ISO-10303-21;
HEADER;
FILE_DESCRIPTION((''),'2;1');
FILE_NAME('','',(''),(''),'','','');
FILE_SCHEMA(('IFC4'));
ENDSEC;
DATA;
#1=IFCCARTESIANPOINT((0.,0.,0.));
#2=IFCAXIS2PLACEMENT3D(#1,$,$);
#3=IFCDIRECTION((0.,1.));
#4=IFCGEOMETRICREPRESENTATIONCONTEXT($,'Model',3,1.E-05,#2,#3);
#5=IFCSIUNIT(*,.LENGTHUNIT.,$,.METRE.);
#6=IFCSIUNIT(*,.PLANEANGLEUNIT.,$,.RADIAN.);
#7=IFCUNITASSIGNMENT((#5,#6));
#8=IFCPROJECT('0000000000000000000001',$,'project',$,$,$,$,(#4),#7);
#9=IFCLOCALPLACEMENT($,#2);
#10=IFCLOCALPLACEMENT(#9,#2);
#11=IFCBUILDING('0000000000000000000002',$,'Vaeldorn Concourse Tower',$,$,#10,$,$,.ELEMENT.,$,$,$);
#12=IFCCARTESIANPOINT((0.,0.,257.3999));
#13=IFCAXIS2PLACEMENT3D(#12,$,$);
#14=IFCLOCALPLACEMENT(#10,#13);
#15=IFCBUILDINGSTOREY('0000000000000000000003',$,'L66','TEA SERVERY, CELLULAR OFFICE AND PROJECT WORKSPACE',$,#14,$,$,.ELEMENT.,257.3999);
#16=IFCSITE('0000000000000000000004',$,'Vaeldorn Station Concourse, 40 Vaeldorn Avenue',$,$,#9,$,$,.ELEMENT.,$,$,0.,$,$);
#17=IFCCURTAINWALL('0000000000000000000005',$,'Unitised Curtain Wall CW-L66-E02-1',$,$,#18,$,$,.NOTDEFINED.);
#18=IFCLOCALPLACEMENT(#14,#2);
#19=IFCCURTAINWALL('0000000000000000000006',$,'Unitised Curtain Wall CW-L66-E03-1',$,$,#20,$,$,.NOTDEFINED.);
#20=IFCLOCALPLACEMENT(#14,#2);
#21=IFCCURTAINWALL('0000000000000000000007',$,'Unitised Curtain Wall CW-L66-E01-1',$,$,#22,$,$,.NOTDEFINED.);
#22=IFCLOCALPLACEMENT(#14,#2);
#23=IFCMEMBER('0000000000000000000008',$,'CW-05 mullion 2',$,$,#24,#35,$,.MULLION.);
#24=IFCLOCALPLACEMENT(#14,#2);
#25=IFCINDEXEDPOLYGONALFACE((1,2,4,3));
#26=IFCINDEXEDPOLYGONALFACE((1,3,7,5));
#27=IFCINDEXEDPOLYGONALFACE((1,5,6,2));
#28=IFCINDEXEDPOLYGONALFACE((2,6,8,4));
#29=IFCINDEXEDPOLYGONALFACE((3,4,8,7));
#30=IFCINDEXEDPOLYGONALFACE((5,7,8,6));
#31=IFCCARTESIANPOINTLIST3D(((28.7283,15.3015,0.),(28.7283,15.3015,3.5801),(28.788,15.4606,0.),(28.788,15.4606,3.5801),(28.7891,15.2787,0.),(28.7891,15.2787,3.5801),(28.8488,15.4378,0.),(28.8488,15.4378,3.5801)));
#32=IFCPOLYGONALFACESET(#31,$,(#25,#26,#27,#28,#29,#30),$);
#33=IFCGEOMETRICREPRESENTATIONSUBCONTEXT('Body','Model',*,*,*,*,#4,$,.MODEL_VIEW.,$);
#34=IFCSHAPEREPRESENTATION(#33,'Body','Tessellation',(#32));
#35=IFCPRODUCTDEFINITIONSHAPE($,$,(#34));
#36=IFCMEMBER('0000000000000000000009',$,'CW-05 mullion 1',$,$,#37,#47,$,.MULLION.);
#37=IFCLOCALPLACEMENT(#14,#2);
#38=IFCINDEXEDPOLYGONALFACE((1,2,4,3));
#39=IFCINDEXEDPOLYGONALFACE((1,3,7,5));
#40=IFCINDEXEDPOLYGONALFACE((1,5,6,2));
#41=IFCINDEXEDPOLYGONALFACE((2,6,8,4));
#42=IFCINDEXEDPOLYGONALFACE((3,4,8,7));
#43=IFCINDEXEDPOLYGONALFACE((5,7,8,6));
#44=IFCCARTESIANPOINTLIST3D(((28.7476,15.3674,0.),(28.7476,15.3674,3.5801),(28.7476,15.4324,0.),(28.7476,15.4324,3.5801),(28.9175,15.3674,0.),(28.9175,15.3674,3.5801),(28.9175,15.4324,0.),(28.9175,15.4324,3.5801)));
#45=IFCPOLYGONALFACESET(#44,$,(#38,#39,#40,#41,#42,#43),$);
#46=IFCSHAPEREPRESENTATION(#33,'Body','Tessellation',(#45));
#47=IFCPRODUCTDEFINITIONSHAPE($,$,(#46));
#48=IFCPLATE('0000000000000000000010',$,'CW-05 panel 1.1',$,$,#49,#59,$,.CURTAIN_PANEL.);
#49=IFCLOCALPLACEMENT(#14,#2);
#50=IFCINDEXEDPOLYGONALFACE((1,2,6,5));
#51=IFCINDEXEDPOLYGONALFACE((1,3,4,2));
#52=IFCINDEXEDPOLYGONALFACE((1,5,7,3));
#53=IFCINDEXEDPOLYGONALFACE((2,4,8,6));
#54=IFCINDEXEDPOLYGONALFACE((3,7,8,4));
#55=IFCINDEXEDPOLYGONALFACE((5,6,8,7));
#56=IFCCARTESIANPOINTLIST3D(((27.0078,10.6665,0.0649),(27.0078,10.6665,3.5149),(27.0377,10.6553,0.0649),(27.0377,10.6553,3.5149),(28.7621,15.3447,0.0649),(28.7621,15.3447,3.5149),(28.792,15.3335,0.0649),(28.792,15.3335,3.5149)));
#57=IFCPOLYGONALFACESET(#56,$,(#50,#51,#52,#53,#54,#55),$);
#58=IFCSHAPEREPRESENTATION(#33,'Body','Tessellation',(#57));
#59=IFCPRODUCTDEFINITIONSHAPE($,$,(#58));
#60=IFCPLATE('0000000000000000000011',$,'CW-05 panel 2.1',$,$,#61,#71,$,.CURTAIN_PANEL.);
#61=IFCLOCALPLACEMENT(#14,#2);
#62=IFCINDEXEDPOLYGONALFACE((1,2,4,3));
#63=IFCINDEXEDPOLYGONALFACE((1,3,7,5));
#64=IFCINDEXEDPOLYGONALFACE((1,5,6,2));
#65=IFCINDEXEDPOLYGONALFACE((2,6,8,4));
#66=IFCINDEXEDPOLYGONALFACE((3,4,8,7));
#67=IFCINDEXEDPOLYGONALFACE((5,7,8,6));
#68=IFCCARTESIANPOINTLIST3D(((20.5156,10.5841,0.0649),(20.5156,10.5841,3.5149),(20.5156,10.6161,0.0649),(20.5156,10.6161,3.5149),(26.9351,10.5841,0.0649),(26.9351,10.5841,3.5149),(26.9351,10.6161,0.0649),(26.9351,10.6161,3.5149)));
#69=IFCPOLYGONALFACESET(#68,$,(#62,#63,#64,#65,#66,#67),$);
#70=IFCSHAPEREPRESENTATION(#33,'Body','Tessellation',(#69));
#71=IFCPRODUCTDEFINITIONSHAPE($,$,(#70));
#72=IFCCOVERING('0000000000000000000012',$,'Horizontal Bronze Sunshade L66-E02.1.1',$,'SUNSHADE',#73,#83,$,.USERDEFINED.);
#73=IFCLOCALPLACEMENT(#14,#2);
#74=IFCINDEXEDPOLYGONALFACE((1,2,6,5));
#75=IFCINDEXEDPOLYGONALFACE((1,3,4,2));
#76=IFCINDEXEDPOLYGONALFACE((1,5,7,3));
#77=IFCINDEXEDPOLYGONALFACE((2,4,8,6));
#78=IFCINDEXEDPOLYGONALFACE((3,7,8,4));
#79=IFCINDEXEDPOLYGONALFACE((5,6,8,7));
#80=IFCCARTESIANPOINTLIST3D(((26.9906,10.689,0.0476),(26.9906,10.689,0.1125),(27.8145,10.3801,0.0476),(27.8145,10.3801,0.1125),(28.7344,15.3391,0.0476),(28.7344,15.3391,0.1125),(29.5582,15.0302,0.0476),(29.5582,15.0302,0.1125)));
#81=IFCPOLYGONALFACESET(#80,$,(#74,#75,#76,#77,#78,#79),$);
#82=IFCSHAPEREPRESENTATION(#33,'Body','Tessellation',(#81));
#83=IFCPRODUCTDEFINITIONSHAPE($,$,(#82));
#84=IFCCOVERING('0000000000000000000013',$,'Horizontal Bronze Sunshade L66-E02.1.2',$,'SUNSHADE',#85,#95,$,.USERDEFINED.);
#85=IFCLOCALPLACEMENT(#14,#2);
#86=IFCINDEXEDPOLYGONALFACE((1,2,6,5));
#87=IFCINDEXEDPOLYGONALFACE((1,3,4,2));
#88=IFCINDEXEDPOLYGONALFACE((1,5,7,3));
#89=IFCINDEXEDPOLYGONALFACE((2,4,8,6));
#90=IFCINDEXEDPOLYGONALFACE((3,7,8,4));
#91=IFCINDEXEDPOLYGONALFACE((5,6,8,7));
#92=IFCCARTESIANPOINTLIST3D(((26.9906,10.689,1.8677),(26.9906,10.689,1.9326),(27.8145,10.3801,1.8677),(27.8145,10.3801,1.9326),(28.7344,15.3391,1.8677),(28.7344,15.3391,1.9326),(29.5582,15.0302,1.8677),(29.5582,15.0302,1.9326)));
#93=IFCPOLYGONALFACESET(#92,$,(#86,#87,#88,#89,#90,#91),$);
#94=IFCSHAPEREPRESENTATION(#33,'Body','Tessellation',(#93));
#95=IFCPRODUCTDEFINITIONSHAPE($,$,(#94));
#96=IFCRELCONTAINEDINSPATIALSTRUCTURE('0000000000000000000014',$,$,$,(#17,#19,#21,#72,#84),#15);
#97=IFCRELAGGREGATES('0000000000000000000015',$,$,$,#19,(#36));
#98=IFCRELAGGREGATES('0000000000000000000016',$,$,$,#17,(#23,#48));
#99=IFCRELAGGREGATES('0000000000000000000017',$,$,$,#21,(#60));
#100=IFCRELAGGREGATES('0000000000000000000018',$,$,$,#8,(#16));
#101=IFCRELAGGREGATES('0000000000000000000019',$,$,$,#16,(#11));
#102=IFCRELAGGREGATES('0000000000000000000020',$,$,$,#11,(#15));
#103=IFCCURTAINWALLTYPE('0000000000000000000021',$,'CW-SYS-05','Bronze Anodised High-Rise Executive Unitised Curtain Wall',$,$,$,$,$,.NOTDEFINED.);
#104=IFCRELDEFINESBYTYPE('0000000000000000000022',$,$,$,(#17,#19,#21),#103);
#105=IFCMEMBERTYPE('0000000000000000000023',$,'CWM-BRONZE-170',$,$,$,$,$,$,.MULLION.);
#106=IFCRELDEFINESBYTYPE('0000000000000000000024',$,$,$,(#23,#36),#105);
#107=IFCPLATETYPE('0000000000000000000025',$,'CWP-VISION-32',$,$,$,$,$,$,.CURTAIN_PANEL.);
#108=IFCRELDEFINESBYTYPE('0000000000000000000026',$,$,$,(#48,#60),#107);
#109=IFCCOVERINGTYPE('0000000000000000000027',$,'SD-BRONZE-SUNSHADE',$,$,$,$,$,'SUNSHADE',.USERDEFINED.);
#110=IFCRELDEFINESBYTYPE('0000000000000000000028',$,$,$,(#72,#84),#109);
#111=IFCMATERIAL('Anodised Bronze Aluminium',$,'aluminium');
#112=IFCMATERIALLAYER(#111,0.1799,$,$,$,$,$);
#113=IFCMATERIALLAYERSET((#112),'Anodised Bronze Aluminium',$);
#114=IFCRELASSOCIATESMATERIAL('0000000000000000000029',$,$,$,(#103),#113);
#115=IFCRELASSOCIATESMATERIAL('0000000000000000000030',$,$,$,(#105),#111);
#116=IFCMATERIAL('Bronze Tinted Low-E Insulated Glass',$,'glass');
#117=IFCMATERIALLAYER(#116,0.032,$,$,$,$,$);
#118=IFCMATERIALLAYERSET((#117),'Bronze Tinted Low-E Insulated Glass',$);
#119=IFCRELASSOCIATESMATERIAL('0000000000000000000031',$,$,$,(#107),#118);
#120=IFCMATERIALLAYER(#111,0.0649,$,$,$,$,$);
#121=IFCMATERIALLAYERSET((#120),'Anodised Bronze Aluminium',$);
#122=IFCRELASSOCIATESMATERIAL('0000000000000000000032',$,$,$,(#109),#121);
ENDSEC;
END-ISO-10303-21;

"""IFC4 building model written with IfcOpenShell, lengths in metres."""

from ifc_helpers import new_model, si_unit, direction, frame, origin, origin_2d, place, context, subcontext, project, spatial, rectangle, extrude, source, transform, mapped, material, layer, layer_set, material_profile, profile_set, type_object, element, aggregate, save


model = new_model("IFC4")

# Units and contexts
model_context = context("Model", 3, precision=1e-05, world=origin(), true_north=direction((0.0, 1.0)))
body_context = subcontext(model_context, "Body", "Model", "MODEL_VIEW")
ifc_project = project(units=[si_unit("LENGTHUNIT", "METRE"), si_unit("PLANEANGLEUNIT", "RADIAN")], contexts=[model_context])

# Site, building, storey
site_placement = place(None, origin())
site = spatial("IfcSite", under=ifc_project, at=site_placement, Name="Vaeldorn Station Concourse, 40 Vaeldorn Avenue", CompositionType="ELEMENT", RefElevation=0.0)
building_placement = place(site_placement, origin())
building = spatial("IfcBuilding", under=site, at=building_placement, Name="Vaeldorn Concourse Tower", CompositionType="ELEMENT")
storey_placement = place(building_placement, frame((0.0, 0.0, 257.3999)))
storey = spatial("IfcBuildingStorey", under=building, at=storey_placement, Name="L66", Description="TEA SERVERY, CELLULAR OFFICE AND PROJECT WORKSPACE", CompositionType="ELEMENT", Elevation=257.3999)

# Curtain walls
ifc_material_1 = material(Name="Anodised Bronze Aluminium", Category="aluminium")
ifc_layer_1 = layer(ifc_material_1, 0.1799)
ifc_layer_set_1 = layer_set([ifc_layer_1], Name="Anodised Bronze Aluminium")
curtain_wall_type = type_object("IfcCurtainWallType", Name="CW-SYS-05", Description="Bronze Anodised High-Rise Executive Unitised Curtain Wall", PredefinedType="NOTDEFINED", material=ifc_layer_set_1)
curtain_wall_1_placement = place(storey_placement, origin())
curtain_wall_1 = element("IfcCurtainWall", 1, at=curtain_wall_1_placement, inside=storey, type_object=curtain_wall_type, Name="Unitised Curtain Wall CW-L66-E02-1", PredefinedType="NOTDEFINED")
curtain_wall_2_placement = place(storey_placement, origin())
curtain_wall_2 = element("IfcCurtainWall", 2, at=curtain_wall_2_placement, inside=storey, type_object=curtain_wall_type, Name="Unitised Curtain Wall CW-L66-E03-1", PredefinedType="NOTDEFINED")

# Curtain wall
curtain_wall_3_placement = place(storey_placement, origin())
curtain_wall_3 = element("IfcCurtainWall", 3, at=curtain_wall_3_placement, inside=storey, type_object=curtain_wall_type, Name="Unitised Curtain Wall CW-L66-E01-1", PredefinedType="NOTDEFINED")
ifc_material_profile_1 = material_profile(ifc_material_1, rectangle(XDim=0.0649, YDim=0.1699, at=origin_2d()), Name="CWM 65x170")
ifc_profile_set_1 = profile_set([ifc_material_profile_1], Name="Anodised Bronze Aluminium")
member_type_1 = type_object("IfcMemberType", Name="CWM-BRONZE-170", PredefinedType="MULLION", material=ifc_profile_set_1)
shared_shape_1 = source(origin(), body_context, "Body", "SweptSolid", [
    extrude(rectangle(XDim=0.0649, YDim=0.1699, at=origin_2d()), origin(), (0.0, 0.0, 1.0), 3.5801),
])

# Members
member_1_placement = place(storey_placement, frame((28.7886, 15.3696, 0.0), z_axis=(0.0, 0.0, 1.0), x_axis=(-0.936329, 0.351123, 0.0)))
member_1 = element("IfcMember", 4, at=member_1_placement, type_object=member_type_1, Name="CW-05 mullion 2", PredefinedType="MULLION", context=body_context, shape_type="MappedRepresentation", body=[
    mapped(shared_shape_1, transform((0.0, 0.0, 0.0), scale=1.0)),
])
member_2_placement = place(storey_placement, frame((28.8325, 15.3999, 0.0), z_axis=(0.0, 0.0, 1.0), x_axis=(0.0, 1.0, 0.0)))
member_2 = element("IfcMember", 5, at=member_2_placement, type_object=member_type_1, Name="CW-05 mullion 1", PredefinedType="MULLION", context=body_context, shape_type="MappedRepresentation", body=[
    mapped(shared_shape_1, transform((0.0, 0.0, 0.0), scale=1.0)),
])
aggregate(curtain_wall_2, [member_2])

# Plates
ifc_material_2 = material(Name="Bronze Tinted Low-E Insulated Glass", Category="glass")
ifc_layer_2 = layer(ifc_material_2, 0.032)
ifc_layer_set_2 = layer_set([ifc_layer_2], Name="Bronze Tinted Low-E Insulated Glass")
plate_type = type_object("IfcPlateType", Name="CWP-VISION-32", PredefinedType="CURTAIN_PANEL", material=ifc_layer_set_2)
shared_shape_2 = source(origin(), body_context, "Body", "SweptSolid", [
    extrude(rectangle(XDim=4.9963, YDim=0.032, at=origin_2d()), origin(), (0.0, 0.0, 1.0), 3.45),
])
plate_1_placement = place(storey_placement, frame((27.8999, 13.0, 0.0649), z_axis=(0.0, 0.0, 1.0), x_axis=(0.351123, 0.936329, 0.0)))
plate_1 = element("IfcPlate", 6, at=plate_1_placement, type_object=plate_type, Name="CW-05 panel 1.1", PredefinedType="CURTAIN_PANEL", context=body_context, shape_type="MappedRepresentation", body=[
    mapped(shared_shape_2, transform((0.0, 0.0, 0.0), scale=1.0)),
])
aggregate(curtain_wall_1, [member_1, plate_1])
shared_shape_3 = source(origin(), body_context, "Body", "SweptSolid", [
    extrude(rectangle(XDim=6.4194, YDim=0.032, at=origin_2d()), origin(), (0.0, 0.0, 1.0), 3.45),
])
plate_2_placement = place(storey_placement, frame((23.7253, 10.6001, 0.0649), z_axis=(0.0, 0.0, 1.0), x_axis=(1.0, 0.0, 0.0)))
plate_2 = element("IfcPlate", 7, at=plate_2_placement, type_object=plate_type, Name="CW-05 panel 2.1", PredefinedType="CURTAIN_PANEL", context=body_context, shape_type="MappedRepresentation", body=[
    mapped(shared_shape_3, transform((0.0, 0.0, 0.0), scale=1.0)),
])
aggregate(curtain_wall_3, [plate_2])

# Coverings
ifc_layer_3 = layer(ifc_material_1, 0.0649)
ifc_layer_set_3 = layer_set([ifc_layer_3], Name="Anodised Bronze Aluminium")
covering_type = type_object("IfcCoveringType", Name="SD-BRONZE-SUNSHADE", ElementType="SUNSHADE", PredefinedType="USERDEFINED", material=ifc_layer_set_3)
shared_shape_4 = source(origin(), body_context, "Body", "SweptSolid", [
    extrude(rectangle(XDim=4.9663, YDim=0.8799, at=origin_2d()), origin(), (0.0, 0.0, 1.0), 0.0649),
])
for number, where, z_axis, x_axis, name in (
    (8, (28.2744, 12.8596, 0.0476), (0.0, 0.0, 1.0), (0.351123, 0.936329, 0.0), "Horizontal Bronze Sunshade L66-E02.1.1"),
    (9, (28.2744, 12.8596, 1.8677), (0.0, 0.0, 1.0), (0.351123, 0.936329, 0.0), "Horizontal Bronze Sunshade L66-E02.1.2"),
):
    element("IfcCovering", number, at=place(storey_placement, frame(where, z_axis=z_axis, x_axis=x_axis)), inside=storey, type_object=covering_type, Name=name, ObjectType="SUNSHADE", PredefinedType="USERDEFINED", context=body_context, shape_type="MappedRepresentation", body=[
        mapped(shared_shape_4, transform((0.0, 0.0, 0.0), scale=1.0)),
    ])

save(model, "model.ifc")
